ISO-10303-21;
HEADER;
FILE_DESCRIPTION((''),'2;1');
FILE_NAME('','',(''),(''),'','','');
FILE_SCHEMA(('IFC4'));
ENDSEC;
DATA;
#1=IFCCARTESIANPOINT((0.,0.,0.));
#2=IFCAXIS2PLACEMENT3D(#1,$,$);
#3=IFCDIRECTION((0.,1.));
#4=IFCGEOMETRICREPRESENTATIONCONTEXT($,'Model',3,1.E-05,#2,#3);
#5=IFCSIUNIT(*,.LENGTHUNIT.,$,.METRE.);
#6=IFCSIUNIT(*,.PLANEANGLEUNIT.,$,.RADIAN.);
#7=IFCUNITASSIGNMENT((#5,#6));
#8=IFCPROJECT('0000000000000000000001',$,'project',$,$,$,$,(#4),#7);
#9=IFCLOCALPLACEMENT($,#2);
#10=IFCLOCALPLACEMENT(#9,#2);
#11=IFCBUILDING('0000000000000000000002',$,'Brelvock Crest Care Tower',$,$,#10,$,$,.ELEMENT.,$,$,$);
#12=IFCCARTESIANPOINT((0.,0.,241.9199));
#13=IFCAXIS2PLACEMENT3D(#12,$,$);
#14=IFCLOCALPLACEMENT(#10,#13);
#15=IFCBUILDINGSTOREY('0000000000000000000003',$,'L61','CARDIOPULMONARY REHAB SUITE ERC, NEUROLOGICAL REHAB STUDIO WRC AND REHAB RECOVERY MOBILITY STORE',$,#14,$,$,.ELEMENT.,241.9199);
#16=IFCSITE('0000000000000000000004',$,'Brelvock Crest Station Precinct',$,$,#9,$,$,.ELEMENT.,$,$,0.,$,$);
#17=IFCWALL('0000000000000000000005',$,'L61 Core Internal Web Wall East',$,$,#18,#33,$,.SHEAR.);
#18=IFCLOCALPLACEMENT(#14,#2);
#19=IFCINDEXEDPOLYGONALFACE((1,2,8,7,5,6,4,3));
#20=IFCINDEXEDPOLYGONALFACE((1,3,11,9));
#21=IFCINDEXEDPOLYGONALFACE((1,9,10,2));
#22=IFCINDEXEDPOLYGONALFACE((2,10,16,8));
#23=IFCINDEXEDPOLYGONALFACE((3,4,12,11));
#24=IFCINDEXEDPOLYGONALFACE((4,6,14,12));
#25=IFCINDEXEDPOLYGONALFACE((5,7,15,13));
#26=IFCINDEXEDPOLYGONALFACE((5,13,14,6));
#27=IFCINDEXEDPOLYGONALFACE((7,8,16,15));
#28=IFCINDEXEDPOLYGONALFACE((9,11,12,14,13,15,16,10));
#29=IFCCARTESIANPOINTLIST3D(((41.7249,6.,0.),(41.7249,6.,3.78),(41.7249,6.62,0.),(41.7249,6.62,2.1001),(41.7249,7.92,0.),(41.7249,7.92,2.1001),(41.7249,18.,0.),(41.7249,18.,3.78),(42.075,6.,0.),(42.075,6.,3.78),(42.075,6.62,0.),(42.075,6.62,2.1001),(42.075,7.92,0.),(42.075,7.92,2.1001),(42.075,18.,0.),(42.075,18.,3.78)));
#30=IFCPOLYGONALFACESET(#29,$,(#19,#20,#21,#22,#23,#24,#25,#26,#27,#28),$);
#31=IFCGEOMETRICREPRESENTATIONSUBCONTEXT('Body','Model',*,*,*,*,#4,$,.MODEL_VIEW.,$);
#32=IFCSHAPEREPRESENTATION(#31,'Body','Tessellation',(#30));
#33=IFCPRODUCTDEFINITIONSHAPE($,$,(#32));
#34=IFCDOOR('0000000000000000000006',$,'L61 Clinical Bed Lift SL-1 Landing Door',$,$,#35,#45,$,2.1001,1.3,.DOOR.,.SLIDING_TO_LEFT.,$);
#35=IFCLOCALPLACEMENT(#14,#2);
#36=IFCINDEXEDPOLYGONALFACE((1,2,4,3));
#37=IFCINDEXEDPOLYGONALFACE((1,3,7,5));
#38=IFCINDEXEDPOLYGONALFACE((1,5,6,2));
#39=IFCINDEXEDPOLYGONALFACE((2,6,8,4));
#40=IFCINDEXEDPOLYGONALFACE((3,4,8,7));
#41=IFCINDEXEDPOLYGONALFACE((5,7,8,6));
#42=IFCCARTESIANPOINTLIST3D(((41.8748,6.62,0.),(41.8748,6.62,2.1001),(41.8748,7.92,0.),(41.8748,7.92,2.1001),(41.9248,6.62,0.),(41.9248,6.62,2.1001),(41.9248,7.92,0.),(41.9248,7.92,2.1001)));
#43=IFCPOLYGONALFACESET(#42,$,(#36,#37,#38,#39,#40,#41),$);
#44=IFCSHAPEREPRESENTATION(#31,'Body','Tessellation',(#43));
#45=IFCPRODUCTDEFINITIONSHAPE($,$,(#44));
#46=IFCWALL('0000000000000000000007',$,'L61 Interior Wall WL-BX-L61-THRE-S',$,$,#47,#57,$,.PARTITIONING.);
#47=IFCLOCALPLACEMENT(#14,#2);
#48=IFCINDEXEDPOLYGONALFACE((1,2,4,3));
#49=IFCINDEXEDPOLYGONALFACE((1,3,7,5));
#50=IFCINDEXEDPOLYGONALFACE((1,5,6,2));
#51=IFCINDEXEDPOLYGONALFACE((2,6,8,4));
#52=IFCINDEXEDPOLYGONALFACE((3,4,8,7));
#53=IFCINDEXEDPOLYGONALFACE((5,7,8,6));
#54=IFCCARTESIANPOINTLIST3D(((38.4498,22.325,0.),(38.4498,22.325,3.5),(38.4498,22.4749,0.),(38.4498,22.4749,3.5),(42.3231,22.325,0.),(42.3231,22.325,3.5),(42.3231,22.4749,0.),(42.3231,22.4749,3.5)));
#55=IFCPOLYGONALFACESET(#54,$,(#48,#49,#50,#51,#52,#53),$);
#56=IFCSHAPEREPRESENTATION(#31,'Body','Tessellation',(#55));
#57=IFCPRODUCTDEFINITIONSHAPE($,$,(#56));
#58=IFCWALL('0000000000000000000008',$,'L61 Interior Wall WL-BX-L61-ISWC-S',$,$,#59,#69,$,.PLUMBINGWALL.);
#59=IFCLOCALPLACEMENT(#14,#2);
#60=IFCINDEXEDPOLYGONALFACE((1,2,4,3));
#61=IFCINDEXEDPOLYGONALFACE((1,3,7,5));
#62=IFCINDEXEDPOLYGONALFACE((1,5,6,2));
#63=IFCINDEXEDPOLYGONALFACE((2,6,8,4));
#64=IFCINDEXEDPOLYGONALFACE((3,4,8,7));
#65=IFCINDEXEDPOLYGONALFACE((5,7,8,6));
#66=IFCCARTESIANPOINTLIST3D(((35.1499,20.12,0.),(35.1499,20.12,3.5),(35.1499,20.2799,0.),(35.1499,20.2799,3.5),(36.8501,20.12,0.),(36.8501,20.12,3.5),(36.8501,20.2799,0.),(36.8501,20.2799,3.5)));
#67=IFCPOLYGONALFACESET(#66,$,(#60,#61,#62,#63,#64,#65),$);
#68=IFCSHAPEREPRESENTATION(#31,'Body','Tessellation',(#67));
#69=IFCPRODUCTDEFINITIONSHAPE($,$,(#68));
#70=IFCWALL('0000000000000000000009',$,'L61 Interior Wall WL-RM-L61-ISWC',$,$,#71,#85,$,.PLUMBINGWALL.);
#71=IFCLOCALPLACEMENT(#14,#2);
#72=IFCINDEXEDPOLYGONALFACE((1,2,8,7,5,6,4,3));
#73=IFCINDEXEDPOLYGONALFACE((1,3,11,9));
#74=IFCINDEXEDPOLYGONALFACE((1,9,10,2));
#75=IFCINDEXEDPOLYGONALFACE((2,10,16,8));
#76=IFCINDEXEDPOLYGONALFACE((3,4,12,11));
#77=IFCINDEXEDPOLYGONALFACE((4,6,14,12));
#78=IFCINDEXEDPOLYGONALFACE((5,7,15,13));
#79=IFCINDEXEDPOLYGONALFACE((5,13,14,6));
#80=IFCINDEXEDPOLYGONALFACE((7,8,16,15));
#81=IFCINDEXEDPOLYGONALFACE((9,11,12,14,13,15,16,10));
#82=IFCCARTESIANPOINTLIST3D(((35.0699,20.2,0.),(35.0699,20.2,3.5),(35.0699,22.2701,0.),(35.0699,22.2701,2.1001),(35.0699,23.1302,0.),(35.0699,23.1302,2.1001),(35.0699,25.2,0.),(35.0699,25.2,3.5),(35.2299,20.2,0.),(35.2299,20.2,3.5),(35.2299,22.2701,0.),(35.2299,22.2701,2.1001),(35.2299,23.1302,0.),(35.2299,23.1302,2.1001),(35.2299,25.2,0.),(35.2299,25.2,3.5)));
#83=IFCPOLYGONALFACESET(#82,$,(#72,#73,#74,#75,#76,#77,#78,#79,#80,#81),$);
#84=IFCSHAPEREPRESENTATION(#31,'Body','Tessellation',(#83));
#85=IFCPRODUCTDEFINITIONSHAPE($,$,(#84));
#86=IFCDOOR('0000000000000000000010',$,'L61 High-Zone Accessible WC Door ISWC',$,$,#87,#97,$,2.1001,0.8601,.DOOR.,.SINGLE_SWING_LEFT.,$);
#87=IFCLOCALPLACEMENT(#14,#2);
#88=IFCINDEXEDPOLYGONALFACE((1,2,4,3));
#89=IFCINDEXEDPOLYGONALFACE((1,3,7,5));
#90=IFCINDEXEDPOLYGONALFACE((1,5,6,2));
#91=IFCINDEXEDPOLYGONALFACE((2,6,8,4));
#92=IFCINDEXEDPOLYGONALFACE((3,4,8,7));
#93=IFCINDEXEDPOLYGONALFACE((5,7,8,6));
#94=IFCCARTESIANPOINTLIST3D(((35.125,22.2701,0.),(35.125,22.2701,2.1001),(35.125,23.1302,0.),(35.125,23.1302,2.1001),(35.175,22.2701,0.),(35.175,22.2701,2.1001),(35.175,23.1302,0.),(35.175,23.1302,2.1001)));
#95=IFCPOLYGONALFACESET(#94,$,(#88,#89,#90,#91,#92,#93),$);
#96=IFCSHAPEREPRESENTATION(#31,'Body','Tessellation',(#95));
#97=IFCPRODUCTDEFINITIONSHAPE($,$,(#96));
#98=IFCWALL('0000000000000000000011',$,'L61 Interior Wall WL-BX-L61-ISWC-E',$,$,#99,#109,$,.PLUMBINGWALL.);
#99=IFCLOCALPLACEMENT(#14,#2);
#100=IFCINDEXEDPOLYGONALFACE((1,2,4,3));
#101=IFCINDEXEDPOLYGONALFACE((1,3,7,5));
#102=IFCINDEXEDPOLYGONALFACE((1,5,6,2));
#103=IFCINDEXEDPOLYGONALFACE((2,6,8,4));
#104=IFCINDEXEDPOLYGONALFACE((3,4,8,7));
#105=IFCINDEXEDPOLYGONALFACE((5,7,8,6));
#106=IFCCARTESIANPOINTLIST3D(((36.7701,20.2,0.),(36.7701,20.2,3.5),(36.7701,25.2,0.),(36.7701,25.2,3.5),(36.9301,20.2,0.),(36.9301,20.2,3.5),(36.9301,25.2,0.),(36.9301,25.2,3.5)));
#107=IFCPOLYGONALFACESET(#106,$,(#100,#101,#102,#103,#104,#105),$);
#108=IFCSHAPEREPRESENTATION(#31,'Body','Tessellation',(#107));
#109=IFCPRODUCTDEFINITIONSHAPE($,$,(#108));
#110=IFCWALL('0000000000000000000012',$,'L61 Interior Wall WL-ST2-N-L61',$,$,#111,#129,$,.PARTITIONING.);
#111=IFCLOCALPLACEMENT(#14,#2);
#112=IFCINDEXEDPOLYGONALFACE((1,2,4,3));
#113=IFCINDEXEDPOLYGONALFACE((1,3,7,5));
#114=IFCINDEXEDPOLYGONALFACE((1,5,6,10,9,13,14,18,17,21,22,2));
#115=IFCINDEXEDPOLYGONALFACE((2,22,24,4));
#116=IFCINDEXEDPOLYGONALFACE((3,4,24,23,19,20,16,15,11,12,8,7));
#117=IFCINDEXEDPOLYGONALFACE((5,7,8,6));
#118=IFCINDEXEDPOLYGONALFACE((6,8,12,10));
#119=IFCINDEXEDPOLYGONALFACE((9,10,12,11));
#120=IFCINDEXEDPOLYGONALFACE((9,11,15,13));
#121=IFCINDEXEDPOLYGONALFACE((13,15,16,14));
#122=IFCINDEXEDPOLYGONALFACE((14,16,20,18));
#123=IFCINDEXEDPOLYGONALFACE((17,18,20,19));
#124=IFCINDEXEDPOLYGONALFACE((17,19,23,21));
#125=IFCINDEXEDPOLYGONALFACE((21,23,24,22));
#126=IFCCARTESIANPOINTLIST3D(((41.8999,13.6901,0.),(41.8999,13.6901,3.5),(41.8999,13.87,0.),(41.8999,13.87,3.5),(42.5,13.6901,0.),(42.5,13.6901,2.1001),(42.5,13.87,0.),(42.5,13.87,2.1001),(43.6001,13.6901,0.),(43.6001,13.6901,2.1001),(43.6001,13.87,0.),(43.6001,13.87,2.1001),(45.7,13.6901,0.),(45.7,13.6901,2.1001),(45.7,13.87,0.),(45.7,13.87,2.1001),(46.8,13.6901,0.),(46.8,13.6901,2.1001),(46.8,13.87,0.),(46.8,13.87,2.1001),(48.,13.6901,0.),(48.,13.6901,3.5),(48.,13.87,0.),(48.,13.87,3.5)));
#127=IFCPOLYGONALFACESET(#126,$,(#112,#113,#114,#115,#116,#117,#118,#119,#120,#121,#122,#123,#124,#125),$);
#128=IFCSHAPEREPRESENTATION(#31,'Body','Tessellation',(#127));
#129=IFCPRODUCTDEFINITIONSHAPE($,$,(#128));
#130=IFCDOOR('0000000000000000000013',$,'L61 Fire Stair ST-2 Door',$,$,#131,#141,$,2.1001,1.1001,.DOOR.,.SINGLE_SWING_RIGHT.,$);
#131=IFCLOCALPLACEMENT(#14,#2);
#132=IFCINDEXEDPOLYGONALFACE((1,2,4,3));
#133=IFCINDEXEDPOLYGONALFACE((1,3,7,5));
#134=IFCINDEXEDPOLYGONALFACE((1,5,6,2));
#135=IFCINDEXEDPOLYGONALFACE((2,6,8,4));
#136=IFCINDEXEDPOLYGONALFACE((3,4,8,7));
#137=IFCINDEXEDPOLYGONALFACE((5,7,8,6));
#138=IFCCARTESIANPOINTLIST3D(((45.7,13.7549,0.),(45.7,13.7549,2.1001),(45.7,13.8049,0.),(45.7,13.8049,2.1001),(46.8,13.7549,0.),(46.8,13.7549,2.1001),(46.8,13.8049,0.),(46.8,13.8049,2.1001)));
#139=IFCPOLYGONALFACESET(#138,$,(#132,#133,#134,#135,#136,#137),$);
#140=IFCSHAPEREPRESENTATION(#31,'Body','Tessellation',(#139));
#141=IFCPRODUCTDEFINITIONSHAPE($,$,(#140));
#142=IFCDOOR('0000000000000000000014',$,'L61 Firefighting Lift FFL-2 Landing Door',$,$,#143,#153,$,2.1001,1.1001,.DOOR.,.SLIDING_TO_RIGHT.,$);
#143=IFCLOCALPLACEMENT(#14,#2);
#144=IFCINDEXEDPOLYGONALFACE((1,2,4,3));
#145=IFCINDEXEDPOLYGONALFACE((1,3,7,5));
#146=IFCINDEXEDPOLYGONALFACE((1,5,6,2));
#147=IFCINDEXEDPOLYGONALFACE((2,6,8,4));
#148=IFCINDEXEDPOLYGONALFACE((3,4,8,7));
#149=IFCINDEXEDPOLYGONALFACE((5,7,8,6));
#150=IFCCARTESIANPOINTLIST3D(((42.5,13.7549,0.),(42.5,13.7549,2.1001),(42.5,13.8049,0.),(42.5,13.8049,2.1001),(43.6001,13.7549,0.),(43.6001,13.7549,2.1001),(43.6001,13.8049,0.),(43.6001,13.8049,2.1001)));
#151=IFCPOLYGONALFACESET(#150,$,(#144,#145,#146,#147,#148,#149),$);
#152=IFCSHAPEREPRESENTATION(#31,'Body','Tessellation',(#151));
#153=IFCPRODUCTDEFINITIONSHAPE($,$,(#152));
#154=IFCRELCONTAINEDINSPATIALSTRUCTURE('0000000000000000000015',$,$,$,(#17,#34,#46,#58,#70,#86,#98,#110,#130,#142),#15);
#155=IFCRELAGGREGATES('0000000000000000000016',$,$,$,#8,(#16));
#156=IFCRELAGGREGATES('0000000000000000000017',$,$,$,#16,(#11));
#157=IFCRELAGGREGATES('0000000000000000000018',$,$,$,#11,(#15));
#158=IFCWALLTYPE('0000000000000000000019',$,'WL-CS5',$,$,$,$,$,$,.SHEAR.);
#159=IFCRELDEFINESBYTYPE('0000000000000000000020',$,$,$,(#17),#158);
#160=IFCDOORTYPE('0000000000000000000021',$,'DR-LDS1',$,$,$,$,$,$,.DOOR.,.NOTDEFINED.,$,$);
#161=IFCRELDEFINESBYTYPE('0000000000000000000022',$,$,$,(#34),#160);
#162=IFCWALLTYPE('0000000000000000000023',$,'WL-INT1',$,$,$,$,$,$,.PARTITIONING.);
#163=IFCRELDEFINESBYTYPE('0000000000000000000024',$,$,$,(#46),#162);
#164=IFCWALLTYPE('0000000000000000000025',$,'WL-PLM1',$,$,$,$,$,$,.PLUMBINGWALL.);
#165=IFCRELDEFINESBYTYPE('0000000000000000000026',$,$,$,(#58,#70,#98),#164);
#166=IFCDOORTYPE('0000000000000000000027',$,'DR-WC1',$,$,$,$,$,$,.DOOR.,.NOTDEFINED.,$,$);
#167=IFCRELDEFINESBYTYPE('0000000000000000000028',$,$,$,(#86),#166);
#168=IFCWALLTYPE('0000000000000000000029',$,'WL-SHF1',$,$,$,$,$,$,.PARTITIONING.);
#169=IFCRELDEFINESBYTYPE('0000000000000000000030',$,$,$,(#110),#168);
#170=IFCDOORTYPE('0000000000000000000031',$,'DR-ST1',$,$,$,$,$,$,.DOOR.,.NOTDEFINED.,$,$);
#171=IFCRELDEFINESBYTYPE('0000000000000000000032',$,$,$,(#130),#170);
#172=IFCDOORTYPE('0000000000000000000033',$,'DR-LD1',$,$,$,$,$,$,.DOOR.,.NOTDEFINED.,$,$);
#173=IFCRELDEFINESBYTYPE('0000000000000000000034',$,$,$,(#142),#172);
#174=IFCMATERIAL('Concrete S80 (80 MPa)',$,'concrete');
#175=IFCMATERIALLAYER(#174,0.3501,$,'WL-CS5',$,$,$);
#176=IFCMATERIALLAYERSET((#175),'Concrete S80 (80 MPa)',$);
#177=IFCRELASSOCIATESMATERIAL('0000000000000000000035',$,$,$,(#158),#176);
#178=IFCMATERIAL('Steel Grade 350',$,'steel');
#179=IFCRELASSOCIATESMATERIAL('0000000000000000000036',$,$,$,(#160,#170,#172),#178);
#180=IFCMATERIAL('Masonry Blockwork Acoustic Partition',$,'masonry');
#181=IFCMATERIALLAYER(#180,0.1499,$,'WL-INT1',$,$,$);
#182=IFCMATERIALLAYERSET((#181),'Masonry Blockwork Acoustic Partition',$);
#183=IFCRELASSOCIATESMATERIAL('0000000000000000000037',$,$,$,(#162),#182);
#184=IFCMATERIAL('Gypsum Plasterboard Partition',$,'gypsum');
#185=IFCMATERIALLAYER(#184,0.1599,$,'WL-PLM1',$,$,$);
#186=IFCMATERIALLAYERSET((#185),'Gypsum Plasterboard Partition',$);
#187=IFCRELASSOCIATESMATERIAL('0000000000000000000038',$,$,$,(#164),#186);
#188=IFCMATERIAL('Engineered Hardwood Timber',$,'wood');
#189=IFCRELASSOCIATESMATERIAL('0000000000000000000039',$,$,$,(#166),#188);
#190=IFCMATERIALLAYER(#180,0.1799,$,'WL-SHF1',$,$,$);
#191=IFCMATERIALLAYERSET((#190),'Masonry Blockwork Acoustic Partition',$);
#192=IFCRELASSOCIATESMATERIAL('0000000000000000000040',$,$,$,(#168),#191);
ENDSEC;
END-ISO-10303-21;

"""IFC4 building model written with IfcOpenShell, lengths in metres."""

from ifc_helpers import new_model, si_unit, direction, frame, frame_2d, origin, origin_2d, place, context, subcontext, project, spatial, rectangle, extrude, source, transform, mapped, material, layer, layer_set, type_object, element, fill, save


model = new_model("IFC4")

# Units and contexts
model_context = context("Model", 3, precision=1e-05, world=origin(), true_north=direction((0.0, 1.0)))
body_context = subcontext(model_context, "Body", "Model", "MODEL_VIEW")
ifc_project = project(units=[si_unit("LENGTHUNIT", "METRE"), si_unit("PLANEANGLEUNIT", "RADIAN")], contexts=[model_context])

# Site, building, storey
site_placement = place(None, origin())
site = spatial("IfcSite", under=ifc_project, at=site_placement, Name="Brelvock Crest Station Precinct", CompositionType="ELEMENT", RefElevation=0.0)
building_placement = place(site_placement, origin())
building = spatial("IfcBuilding", under=site, at=building_placement, Name="Brelvock Crest Care Tower", CompositionType="ELEMENT")
storey_placement = place(building_placement, frame((0.0, 0.0, 241.9199)))
storey = spatial("IfcBuildingStorey", under=building, at=storey_placement, Name="L61", Description="CARDIOPULMONARY REHAB SUITE ERC, NEUROLOGICAL REHAB STUDIO WRC AND REHAB RECOVERY MOBILITY STORE", CompositionType="ELEMENT", Elevation=241.9199)

# Shared definitions
ifc_material_1 = material(Name="Steel Grade 350", Category="steel")

# Wall, opening, door
ifc_material_2 = material(Name="Concrete S80 (80 MPa)", Category="concrete")
ifc_layer_1 = layer(ifc_material_2, 0.3501, Name="WL-CS5")
ifc_layer_set_1 = layer_set([ifc_layer_1], Name="Concrete S80 (80 MPa)")
wall_type_1 = type_object("IfcWallType", Name="WL-CS5", PredefinedType="SHEAR", material=ifc_layer_set_1)
wall_1_placement = place(storey_placement, frame((41.8999, 18.0, 0.0), z_axis=(0.0, 0.0, 1.0), x_axis=(0.0, -1.0, 0.0)))
wall_1 = element("IfcWall", 1, at=wall_1_placement, inside=storey, type_object=wall_type_1, Name="L61 Core Internal Web Wall East", PredefinedType="SHEAR", context=body_context, shape_type="SweptSolid", body=[
    extrude(rectangle(XDim=12.0, YDim=0.3501, at=frame_2d((6.0, 0.0))), origin(), (0.0, 0.0, 1.0), 3.78),
])
opening_1_placement = place(wall_1_placement, frame((10.0801, 0.0, 0.0)))
opening_1 = element("IfcOpeningElement", 2, at=opening_1_placement, cuts=wall_1, PredefinedType="OPENING", context=body_context, shape_type="SweptSolid", body=[
    extrude(rectangle(XDim=1.3, YDim=2.1001, at=origin_2d()), frame((0.6499, 0.1851, 1.05), z_axis=(0.0, -1.0, 0.0), x_axis=(1.0, 0.0, 0.0)), (0.0, 0.0, 1.0), 0.3701),
])
door_type_1 = type_object("IfcDoorType", Name="DR-LDS1", OperationType="NOTDEFINED", PredefinedType="DOOR", material=ifc_material_1)
shared_shape_1 = source(origin(), body_context, "Body", "SweptSolid", [
    extrude(rectangle(XDim=1.3, YDim=2.1001, at=origin_2d()), frame((0.6499, 0.0249, 1.05), z_axis=(0.0, -1.0, 0.0), x_axis=(1.0, 0.0, 0.0)), (0.0, 0.0, 1.0), 0.05),
])
door_1_placement = place(opening_1_placement, origin())
door_1 = element("IfcDoor", 3, at=door_1_placement, inside=storey, type_object=door_type_1, Name="L61 Clinical Bed Lift SL-1 Landing Door", OperationType="SLIDING_TO_LEFT", OverallHeight=2.1001, OverallWidth=1.3, PredefinedType="DOOR", context=body_context, shape_type="MappedRepresentation", body=[
    mapped(shared_shape_1, transform((0.0, 0.0, 0.0), x_axis=(1.0, 0.0, 0.0), y_axis=(0.0, 1.0, 0.0), z_axis=(0.0, 0.0, 1.0), scale=1.0)),
])
fill(opening_1, door_1)

# Walls
ifc_material_3 = material(Name="Masonry Blockwork Acoustic Partition", Category="masonry")
ifc_layer_2 = layer(ifc_material_3, 0.1499, Name="WL-INT1")
ifc_layer_set_2 = layer_set([ifc_layer_2], Name="Masonry Blockwork Acoustic Partition")
wall_type_2 = type_object("IfcWallType", Name="WL-INT1", PredefinedType="PARTITIONING", material=ifc_layer_set_2)
wall_2_placement = place(storey_placement, frame((38.45, 22.3999, 0.0), z_axis=(0.0, 0.0, 1.0), x_axis=(1.0, 0.0, 0.0)))
element("IfcWall", 4, at=wall_2_placement, inside=storey, type_object=wall_type_2, Name="L61 Interior Wall WL-BX-L61-THRE-S", PredefinedType="PARTITIONING", context=body_context, shape_type="SweptSolid", body=[
    extrude(rectangle(XDim=3.8733, YDim=0.1499, at=frame_2d((1.9365, 0.0))), origin(), (0.0, 0.0, 1.0), 3.5),
])
ifc_material_4 = material(Name="Gypsum Plasterboard Partition", Category="gypsum")
ifc_layer_3 = layer(ifc_material_4, 0.1599, Name="WL-PLM1")
ifc_layer_set_3 = layer_set([ifc_layer_3], Name="Gypsum Plasterboard Partition")
wall_type_3 = type_object("IfcWallType", Name="WL-PLM1", PredefinedType="PLUMBINGWALL", material=ifc_layer_set_3)
wall_3_placement = place(storey_placement, frame((35.1499, 20.2, 0.0), z_axis=(0.0, 0.0, 1.0), x_axis=(1.0, 0.0, 0.0)))
element("IfcWall", 5, at=wall_3_placement, inside=storey, type_object=wall_type_3, Name="L61 Interior Wall WL-BX-L61-ISWC-S", PredefinedType="PLUMBINGWALL", context=body_context, shape_type="SweptSolid", body=[
    extrude(rectangle(XDim=1.7002, YDim=0.1599, at=frame_2d((0.8501, 0.0))), origin(), (0.0, 0.0, 1.0), 3.5),
])

# Wall, opening, door
wall_4_placement = place(storey_placement, frame((35.1499, 20.2, 0.0), z_axis=(0.0, 0.0, 1.0), x_axis=(0.0, 1.0, 0.0)))
wall_4 = element("IfcWall", 6, at=wall_4_placement, inside=storey, type_object=wall_type_3, Name="L61 Interior Wall WL-RM-L61-ISWC", PredefinedType="PLUMBINGWALL", context=body_context, shape_type="SweptSolid", body=[
    extrude(rectangle(XDim=5.0, YDim=0.1599, at=frame_2d((2.5, 0.0))), origin(), (0.0, 0.0, 1.0), 3.5),
])
opening_2_placement = place(wall_4_placement, frame((2.0701, 0.0, 0.0)))
opening_2 = element("IfcOpeningElement", 7, at=opening_2_placement, cuts=wall_4, PredefinedType="OPENING", context=body_context, shape_type="SweptSolid", body=[
    extrude(rectangle(XDim=0.8601, YDim=2.1001, at=origin_2d()), frame((0.4302, 0.0898, 1.05), z_axis=(0.0, -1.0, 0.0), x_axis=(1.0, 0.0, 0.0)), (0.0, 0.0, 1.0), 0.1799),
])
ifc_material_5 = material(Name="Engineered Hardwood Timber", Category="wood")
door_type_2 = type_object("IfcDoorType", Name="DR-WC1", OperationType="NOTDEFINED", PredefinedType="DOOR", material=ifc_material_5)
shared_shape_2 = source(origin(), body_context, "Body", "SweptSolid", [
    extrude(rectangle(XDim=0.8601, YDim=2.1001, at=origin_2d()), frame((0.4302, 0.0249, 1.05), z_axis=(0.0, -1.0, 0.0), x_axis=(1.0, 0.0, 0.0)), (0.0, 0.0, 1.0), 0.05),
])
door_2_placement = place(opening_2_placement, origin())
door_2 = element("IfcDoor", 8, at=door_2_placement, inside=storey, type_object=door_type_2, Name="L61 High-Zone Accessible WC Door ISWC", OperationType="SINGLE_SWING_LEFT", OverallHeight=2.1001, OverallWidth=0.8601, PredefinedType="DOOR", context=body_context, shape_type="MappedRepresentation", body=[
    mapped(shared_shape_2, transform((0.0, 0.0, 0.0), x_axis=(1.0, 0.0, 0.0), y_axis=(0.0, 1.0, 0.0), z_axis=(0.0, 0.0, 1.0), scale=1.0)),
])
fill(opening_2, door_2)

# Wall
wall_5_placement = place(storey_placement, frame((36.8501, 20.2, 0.0), z_axis=(0.0, 0.0, 1.0), x_axis=(0.0, 1.0, 0.0)))
element("IfcWall", 9, at=wall_5_placement, inside=storey, type_object=wall_type_3, Name="L61 Interior Wall WL-BX-L61-ISWC-E", PredefinedType="PLUMBINGWALL", context=body_context, shape_type="SweptSolid", body=[
    extrude(rectangle(XDim=5.0, YDim=0.1599, at=frame_2d((2.5, 0.0))), origin(), (0.0, 0.0, 1.0), 3.5),
])

# Wall, openings, doors
ifc_layer_4 = layer(ifc_material_3, 0.1799, Name="WL-SHF1")
ifc_layer_set_4 = layer_set([ifc_layer_4], Name="Masonry Blockwork Acoustic Partition")
wall_type_4 = type_object("IfcWallType", Name="WL-SHF1", PredefinedType="PARTITIONING", material=ifc_layer_set_4)
wall_6_placement = place(storey_placement, frame((41.8999, 13.78, 0.0), z_axis=(0.0, 0.0, 1.0), x_axis=(1.0, 0.0, 0.0)))
wall_6 = element("IfcWall", 10, at=wall_6_placement, inside=storey, type_object=wall_type_4, Name="L61 Interior Wall WL-ST2-N-L61", PredefinedType="PARTITIONING", context=body_context, shape_type="SweptSolid", body=[
    extrude(rectangle(XDim=6.1001, YDim=0.1799, at=frame_2d((3.05, 0.0))), origin(), (0.0, 0.0, 1.0), 3.5),
])
opening_3_placement = place(wall_6_placement, frame((0.6001, 0.0, 0.0)))
opening_3 = element("IfcOpeningElement", 11, at=opening_3_placement, cuts=wall_6, PredefinedType="OPENING", context=body_context, shape_type="SweptSolid", body=[
    extrude(rectangle(XDim=1.1001, YDim=2.1001, at=origin_2d()), frame((0.55, 0.1001, 1.05), z_axis=(0.0, -1.0, 0.0), x_axis=(1.0, 0.0, 0.0)), (0.0, 0.0, 1.0), 0.2),
])
opening_4_placement = place(wall_6_placement, frame((3.8, 0.0, 0.0)))
opening_4 = element("IfcOpeningElement", 12, at=opening_4_placement, cuts=wall_6, PredefinedType="OPENING", context=body_context, shape_type="SweptSolid", body=[
    extrude(rectangle(XDim=1.1001, YDim=2.1001, at=origin_2d()), frame((0.55, 0.1001, 1.05), z_axis=(0.0, -1.0, 0.0), x_axis=(1.0, 0.0, 0.0)), (0.0, 0.0, 1.0), 0.2),
])
door_type_3 = type_object("IfcDoorType", Name="DR-ST1", OperationType="NOTDEFINED", PredefinedType="DOOR", material=ifc_material_1)
shared_shape_3 = source(origin(), body_context, "Body", "SweptSolid", [
    extrude(rectangle(XDim=1.1001, YDim=2.1001, at=origin_2d()), frame((0.55, 0.0249, 1.05), z_axis=(0.0, -1.0, 0.0), x_axis=(1.0, 0.0, 0.0)), (0.0, 0.0, 1.0), 0.05),
])
door_3_placement = place(opening_4_placement, origin())
door_3 = element("IfcDoor", 13, at=door_3_placement, inside=storey, type_object=door_type_3, Name="L61 Fire Stair ST-2 Door", OperationType="SINGLE_SWING_RIGHT", OverallHeight=2.1001, OverallWidth=1.1001, PredefinedType="DOOR", context=body_context, shape_type="MappedRepresentation", body=[
    mapped(shared_shape_3, transform((0.0, 0.0, 0.0), x_axis=(1.0, 0.0, 0.0), y_axis=(0.0, 1.0, 0.0), z_axis=(0.0, 0.0, 1.0), scale=1.0)),
])
fill(opening_4, door_3)
door_type_4 = type_object("IfcDoorType", Name="DR-LD1", OperationType="NOTDEFINED", PredefinedType="DOOR", material=ifc_material_1)
shared_shape_4 = source(origin(), body_context, "Body", "SweptSolid", [
    extrude(rectangle(XDim=1.1001, YDim=2.1001, at=origin_2d()), frame((0.55, 0.0249, 1.05), z_axis=(0.0, -1.0, 0.0), x_axis=(1.0, 0.0, 0.0)), (0.0, 0.0, 1.0), 0.05),
])
door_4_placement = place(opening_3_placement, origin())
door_4 = element("IfcDoor", 14, at=door_4_placement, inside=storey, type_object=door_type_4, Name="L61 Firefighting Lift FFL-2 Landing Door", OperationType="SLIDING_TO_RIGHT", OverallHeight=2.1001, OverallWidth=1.1001, PredefinedType="DOOR", context=body_context, shape_type="MappedRepresentation", body=[
    mapped(shared_shape_4, transform((0.0, 0.0, 0.0), x_axis=(1.0, 0.0, 0.0), y_axis=(0.0, 1.0, 0.0), z_axis=(0.0, 0.0, 1.0), scale=1.0)),
])
fill(opening_3, door_4)

save(model, "model.ifc")
